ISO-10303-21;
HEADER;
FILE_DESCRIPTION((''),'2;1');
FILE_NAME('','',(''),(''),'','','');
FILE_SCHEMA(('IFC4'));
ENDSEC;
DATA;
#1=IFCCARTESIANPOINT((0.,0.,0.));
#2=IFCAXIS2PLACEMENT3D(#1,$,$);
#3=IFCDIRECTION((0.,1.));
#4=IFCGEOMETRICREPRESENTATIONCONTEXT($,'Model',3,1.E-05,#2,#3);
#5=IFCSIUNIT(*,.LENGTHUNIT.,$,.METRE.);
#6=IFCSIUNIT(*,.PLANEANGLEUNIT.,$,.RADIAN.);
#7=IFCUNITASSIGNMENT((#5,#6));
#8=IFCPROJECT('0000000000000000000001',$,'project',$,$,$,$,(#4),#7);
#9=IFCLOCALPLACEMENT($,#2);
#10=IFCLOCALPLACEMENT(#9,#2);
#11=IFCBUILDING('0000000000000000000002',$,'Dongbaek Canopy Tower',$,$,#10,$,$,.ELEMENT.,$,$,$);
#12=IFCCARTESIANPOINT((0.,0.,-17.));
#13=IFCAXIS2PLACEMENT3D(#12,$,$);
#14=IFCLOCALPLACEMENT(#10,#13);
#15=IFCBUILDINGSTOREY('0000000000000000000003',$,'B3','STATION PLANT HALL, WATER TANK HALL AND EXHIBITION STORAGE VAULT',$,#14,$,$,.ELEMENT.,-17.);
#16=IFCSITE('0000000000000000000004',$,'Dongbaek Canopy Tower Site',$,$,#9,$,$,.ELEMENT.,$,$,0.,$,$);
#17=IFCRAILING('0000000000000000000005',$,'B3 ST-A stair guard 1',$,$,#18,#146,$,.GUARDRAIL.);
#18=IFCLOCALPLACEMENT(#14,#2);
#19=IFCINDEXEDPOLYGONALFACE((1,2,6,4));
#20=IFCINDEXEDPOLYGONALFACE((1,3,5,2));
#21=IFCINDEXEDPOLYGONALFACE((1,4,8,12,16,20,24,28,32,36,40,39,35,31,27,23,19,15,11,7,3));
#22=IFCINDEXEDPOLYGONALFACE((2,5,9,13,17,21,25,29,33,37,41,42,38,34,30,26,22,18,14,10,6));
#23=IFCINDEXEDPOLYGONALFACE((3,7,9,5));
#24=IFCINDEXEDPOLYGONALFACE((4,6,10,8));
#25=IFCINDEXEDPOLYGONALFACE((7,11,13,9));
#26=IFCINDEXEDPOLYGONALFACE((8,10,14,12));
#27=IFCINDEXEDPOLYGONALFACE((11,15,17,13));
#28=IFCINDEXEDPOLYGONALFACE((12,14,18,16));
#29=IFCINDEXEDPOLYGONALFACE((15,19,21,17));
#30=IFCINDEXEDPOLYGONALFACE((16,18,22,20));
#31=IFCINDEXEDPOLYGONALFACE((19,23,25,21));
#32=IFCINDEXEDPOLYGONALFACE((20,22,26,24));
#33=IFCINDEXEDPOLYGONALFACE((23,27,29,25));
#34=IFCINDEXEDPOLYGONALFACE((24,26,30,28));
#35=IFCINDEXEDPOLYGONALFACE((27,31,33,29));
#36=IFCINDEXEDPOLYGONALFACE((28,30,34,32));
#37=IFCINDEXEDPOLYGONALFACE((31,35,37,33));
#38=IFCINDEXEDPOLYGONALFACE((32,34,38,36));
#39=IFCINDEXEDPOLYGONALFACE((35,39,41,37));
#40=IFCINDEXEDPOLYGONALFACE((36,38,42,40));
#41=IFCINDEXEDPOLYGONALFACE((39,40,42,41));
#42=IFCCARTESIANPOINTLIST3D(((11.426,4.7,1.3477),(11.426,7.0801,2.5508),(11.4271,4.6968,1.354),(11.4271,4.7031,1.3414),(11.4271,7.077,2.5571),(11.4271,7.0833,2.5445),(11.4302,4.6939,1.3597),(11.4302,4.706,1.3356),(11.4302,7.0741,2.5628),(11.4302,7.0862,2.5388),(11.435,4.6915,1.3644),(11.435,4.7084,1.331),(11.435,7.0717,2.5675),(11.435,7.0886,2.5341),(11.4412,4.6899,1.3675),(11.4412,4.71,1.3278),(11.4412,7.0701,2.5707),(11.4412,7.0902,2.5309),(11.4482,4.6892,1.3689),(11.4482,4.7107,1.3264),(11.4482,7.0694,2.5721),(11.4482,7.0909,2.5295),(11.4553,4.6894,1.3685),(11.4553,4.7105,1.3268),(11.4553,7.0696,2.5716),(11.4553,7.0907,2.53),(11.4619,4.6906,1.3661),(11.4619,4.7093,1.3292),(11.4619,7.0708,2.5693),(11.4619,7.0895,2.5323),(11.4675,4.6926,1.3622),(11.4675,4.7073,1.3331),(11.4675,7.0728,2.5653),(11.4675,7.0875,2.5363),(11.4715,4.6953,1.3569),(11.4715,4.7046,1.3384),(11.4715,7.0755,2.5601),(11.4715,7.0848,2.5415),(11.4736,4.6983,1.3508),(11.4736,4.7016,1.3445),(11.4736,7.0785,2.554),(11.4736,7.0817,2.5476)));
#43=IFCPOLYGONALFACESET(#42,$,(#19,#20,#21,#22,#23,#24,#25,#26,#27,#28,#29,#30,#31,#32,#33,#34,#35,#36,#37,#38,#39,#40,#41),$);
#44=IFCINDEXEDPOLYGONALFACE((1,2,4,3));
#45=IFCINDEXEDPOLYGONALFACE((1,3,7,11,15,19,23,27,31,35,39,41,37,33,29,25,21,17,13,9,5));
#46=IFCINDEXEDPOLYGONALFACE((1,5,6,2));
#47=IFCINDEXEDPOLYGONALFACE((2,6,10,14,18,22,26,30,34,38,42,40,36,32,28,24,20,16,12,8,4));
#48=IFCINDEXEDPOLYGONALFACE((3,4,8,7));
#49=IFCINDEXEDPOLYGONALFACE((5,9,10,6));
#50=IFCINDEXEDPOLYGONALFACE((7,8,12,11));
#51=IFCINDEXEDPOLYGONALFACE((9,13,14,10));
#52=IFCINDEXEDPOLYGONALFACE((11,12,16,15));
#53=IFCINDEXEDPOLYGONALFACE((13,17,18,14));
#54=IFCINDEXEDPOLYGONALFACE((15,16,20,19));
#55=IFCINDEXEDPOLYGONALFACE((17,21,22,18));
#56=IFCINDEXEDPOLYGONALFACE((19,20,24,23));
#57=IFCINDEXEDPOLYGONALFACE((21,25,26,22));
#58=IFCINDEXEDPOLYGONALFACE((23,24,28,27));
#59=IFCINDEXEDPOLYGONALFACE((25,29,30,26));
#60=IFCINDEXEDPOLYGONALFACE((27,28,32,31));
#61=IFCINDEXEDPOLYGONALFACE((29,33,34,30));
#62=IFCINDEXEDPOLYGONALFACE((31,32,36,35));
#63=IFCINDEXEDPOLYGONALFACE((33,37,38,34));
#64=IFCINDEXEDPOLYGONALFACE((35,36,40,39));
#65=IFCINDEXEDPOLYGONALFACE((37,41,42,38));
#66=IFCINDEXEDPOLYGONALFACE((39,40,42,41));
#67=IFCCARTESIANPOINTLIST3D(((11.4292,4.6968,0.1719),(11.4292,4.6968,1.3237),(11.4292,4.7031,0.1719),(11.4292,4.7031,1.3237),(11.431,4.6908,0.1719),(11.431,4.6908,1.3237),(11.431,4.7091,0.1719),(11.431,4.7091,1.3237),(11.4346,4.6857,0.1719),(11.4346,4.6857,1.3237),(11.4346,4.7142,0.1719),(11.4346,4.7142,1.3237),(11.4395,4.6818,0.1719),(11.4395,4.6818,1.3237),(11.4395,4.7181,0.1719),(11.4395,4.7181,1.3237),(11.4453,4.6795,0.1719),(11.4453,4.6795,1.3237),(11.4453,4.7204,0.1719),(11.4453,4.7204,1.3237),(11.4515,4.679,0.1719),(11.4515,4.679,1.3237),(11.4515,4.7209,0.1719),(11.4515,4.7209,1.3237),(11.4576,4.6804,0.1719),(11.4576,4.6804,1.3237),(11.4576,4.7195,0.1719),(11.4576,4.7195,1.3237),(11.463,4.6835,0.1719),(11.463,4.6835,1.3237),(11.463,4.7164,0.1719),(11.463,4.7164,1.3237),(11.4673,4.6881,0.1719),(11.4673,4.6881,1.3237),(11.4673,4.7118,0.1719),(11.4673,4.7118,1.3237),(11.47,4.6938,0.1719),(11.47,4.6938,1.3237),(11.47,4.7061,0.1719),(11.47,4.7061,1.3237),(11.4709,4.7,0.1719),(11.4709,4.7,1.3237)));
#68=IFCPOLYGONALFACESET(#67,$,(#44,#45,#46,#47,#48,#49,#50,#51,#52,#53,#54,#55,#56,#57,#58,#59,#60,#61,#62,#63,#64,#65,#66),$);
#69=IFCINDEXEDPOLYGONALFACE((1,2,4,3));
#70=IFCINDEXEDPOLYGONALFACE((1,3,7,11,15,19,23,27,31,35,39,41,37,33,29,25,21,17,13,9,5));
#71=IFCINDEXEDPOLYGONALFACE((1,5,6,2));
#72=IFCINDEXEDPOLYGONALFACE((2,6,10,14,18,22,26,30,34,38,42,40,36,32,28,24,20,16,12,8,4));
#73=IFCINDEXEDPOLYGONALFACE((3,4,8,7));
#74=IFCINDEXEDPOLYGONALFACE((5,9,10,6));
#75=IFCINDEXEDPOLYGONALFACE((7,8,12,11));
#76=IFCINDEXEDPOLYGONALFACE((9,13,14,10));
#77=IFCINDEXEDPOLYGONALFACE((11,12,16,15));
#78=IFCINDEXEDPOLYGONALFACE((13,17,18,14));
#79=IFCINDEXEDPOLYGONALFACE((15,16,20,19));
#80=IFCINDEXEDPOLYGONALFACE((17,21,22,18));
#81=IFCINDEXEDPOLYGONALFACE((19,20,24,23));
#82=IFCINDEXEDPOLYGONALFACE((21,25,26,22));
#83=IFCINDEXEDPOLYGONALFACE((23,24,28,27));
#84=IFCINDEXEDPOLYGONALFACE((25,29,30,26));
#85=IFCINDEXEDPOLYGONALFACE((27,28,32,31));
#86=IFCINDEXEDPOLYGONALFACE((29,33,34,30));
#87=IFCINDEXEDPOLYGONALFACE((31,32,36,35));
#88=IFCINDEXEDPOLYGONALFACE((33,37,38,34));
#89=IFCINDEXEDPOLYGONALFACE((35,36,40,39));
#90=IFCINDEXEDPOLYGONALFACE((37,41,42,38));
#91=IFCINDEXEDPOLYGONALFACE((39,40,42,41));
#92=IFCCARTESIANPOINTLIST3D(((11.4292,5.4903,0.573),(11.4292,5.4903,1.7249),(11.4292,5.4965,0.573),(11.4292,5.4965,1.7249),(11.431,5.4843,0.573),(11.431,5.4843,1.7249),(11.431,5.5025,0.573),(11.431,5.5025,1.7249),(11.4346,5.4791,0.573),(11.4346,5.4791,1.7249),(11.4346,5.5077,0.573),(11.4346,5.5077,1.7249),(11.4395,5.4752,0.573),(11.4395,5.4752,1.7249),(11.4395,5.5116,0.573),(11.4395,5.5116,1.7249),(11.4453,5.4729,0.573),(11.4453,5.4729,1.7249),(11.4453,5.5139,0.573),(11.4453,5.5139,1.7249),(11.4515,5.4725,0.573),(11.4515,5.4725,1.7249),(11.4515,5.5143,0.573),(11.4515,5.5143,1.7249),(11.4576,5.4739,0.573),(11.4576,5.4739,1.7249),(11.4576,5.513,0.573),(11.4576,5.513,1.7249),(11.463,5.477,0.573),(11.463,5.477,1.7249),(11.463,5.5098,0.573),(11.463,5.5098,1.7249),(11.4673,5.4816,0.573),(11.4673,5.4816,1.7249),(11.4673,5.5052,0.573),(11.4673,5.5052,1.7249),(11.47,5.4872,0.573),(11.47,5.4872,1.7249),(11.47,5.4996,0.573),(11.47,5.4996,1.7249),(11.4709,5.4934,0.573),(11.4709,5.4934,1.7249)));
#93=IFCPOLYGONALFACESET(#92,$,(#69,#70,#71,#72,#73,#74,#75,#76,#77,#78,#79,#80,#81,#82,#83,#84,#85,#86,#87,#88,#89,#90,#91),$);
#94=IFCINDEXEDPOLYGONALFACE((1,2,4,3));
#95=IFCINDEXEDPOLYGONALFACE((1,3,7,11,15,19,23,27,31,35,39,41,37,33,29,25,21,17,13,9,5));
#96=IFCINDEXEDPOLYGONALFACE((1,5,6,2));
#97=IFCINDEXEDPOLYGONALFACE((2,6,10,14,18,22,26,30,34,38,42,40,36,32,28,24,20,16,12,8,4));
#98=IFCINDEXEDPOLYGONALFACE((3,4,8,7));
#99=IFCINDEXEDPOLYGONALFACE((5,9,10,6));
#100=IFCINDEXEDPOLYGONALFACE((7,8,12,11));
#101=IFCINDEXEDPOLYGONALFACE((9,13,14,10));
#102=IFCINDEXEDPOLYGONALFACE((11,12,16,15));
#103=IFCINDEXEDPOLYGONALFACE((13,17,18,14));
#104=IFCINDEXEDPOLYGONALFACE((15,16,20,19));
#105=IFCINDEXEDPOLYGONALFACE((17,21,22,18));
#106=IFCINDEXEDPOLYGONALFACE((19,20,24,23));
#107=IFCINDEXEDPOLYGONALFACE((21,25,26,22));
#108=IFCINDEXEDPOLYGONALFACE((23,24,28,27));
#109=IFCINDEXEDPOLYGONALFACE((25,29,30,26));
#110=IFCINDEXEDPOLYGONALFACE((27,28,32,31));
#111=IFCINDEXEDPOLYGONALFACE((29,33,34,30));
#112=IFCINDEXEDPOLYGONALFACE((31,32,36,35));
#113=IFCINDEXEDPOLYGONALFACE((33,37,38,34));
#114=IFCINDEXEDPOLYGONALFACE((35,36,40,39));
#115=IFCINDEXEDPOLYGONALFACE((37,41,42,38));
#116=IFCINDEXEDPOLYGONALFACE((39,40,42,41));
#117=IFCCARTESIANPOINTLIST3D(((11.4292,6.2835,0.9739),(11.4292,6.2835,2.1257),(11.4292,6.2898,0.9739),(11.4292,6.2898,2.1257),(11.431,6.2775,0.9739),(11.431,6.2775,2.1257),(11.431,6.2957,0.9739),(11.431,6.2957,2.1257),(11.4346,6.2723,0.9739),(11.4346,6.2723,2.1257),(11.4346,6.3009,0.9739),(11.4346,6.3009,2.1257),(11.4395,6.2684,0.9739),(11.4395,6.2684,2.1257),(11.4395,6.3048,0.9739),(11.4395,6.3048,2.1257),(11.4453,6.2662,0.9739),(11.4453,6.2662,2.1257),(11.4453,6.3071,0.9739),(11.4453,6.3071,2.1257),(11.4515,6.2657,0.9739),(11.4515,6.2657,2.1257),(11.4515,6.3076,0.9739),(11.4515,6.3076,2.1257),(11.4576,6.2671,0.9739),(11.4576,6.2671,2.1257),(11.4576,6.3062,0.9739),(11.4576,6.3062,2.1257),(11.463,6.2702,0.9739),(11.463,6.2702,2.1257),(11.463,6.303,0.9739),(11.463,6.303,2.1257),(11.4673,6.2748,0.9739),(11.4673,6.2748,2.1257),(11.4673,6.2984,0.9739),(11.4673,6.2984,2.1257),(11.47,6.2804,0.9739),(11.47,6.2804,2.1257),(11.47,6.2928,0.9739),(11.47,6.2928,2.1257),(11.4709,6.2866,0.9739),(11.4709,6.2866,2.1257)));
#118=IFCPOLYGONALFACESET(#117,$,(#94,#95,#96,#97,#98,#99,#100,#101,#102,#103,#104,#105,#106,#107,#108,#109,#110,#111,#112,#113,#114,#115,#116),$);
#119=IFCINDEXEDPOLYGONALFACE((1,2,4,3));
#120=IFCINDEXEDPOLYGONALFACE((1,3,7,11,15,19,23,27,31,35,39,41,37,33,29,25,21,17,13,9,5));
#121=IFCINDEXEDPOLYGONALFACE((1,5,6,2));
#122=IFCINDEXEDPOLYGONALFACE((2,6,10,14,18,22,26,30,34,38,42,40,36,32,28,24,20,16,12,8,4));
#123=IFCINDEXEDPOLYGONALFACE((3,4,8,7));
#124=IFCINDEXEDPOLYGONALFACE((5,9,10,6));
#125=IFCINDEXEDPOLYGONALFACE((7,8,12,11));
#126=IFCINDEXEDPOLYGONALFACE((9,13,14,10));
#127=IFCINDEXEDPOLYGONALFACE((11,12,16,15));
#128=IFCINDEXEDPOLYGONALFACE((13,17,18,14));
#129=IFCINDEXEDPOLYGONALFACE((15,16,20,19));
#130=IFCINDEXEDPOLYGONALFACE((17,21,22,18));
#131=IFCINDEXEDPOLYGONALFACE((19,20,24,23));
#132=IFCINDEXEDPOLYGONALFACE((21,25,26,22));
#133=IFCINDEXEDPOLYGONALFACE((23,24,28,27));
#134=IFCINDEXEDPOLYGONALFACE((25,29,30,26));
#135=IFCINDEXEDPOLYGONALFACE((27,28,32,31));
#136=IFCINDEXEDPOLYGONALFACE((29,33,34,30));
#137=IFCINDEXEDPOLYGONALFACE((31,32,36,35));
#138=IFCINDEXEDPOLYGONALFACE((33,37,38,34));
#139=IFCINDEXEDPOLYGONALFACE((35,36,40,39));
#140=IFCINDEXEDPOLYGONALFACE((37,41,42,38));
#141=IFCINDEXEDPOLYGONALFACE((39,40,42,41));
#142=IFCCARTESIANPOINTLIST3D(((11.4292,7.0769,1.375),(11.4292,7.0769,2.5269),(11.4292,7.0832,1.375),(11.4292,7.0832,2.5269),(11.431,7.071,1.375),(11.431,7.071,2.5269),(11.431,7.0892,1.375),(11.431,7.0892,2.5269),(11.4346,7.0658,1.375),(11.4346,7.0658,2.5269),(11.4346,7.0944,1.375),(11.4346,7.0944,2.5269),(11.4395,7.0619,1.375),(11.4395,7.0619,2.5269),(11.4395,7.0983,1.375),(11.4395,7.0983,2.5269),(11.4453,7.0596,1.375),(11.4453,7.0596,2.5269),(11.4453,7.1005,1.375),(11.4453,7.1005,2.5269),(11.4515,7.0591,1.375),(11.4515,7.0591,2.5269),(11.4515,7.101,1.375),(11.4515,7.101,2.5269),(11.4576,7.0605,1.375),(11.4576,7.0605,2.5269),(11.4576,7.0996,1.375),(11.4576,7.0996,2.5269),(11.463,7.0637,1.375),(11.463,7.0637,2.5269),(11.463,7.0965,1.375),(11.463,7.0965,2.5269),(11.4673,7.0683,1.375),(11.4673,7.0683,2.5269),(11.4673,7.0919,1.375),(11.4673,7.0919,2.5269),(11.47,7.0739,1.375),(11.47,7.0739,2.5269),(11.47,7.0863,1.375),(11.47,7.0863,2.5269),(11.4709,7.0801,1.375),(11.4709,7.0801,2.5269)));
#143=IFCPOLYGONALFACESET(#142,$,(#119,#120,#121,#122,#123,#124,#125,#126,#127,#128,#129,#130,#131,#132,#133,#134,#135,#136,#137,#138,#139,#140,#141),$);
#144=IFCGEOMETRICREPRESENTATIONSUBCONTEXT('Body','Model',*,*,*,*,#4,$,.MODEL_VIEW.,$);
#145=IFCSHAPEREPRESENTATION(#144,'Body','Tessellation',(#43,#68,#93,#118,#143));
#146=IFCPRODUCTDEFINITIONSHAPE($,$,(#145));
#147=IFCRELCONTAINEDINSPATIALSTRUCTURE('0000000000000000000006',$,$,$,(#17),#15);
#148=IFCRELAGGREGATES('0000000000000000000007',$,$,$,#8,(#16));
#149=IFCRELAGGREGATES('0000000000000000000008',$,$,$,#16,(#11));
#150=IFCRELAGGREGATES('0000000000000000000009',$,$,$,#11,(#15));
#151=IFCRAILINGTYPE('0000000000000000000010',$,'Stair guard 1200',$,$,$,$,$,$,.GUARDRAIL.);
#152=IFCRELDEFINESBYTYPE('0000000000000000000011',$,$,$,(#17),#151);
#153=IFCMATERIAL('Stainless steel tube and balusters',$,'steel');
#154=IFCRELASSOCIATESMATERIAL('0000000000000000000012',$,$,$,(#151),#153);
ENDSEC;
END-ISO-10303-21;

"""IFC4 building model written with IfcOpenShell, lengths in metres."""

from ifc_helpers import new_model, si_unit, direction, frame, origin, origin_2d, place, context, subcontext, project, spatial, circle, extrude, material, type_object, element, save


model = new_model("IFC4")

# Units and contexts
model_context = context("Model", 3, precision=1e-05, world=origin(), true_north=direction((0.0, 1.0)))
body_context = subcontext(model_context, "Body", "Model", "MODEL_VIEW")
ifc_project = project(units=[si_unit("LENGTHUNIT", "METRE"), si_unit("PLANEANGLEUNIT", "RADIAN")], contexts=[model_context])

# Site, building, storey
site_placement = place(None, origin())
site = spatial("IfcSite", under=ifc_project, at=site_placement, Name="Dongbaek Canopy Tower Site", CompositionType="ELEMENT", RefElevation=0.0)
building_placement = place(site_placement, origin())
building = spatial("IfcBuilding", under=site, at=building_placement, Name="Dongbaek Canopy Tower", CompositionType="ELEMENT")
storey_placement = place(building_placement, frame((0.0, 0.0, -17.0)))
storey = spatial("IfcBuildingStorey", under=building, at=storey_placement, Name="B3", Description="STATION PLANT HALL, WATER TANK HALL AND EXHIBITION STORAGE VAULT", CompositionType="ELEMENT", Elevation=-17.0)

# Railing
ifc_material_1 = material(Name="Stainless steel tube and balusters", Category="steel")
railing_type_1 = type_object("IfcRailingType", Name="Stair guard 1200", PredefinedType="GUARDRAIL", material=ifc_material_1)
railing_1_placement = place(storey_placement, frame((11.45, 4.7, 0.1719)))
element("IfcRailing", 1, at=railing_1_placement, inside=storey, type_object=railing_type_1, Name="B3 ST-A stair guard 1", PredefinedType="GUARDRAIL", context=body_context, shape_type="SweptSolid", body=[
    extrude(circle(Radius=0.0239, at=origin_2d()), frame((0.0, 0.0, 1.1758), z_axis=(0.0, 0.89246, 0.451127), x_axis=(-1.0, 0.0, 0.0)), (0.0, 0.0, 1.0), 2.667),
    extrude(circle(Radius=0.021, at=origin_2d()), origin(), (0.0, 0.0, 1.0), 1.1519),
    extrude(circle(Radius=0.021, at=origin_2d()), frame((0.0, 0.7935, 0.4011)), (0.0, 0.0, 1.0), 1.1519),
    extrude(circle(Radius=0.021, at=origin_2d()), frame((0.0, 1.5867, 0.802)), (0.0, 0.0, 1.0), 1.1519),
    extrude(circle(Radius=0.021, at=origin_2d()), frame((0.0, 2.3801, 1.2031)), (0.0, 0.0, 1.0), 1.1519),
])

save(model, "model.ifc")
